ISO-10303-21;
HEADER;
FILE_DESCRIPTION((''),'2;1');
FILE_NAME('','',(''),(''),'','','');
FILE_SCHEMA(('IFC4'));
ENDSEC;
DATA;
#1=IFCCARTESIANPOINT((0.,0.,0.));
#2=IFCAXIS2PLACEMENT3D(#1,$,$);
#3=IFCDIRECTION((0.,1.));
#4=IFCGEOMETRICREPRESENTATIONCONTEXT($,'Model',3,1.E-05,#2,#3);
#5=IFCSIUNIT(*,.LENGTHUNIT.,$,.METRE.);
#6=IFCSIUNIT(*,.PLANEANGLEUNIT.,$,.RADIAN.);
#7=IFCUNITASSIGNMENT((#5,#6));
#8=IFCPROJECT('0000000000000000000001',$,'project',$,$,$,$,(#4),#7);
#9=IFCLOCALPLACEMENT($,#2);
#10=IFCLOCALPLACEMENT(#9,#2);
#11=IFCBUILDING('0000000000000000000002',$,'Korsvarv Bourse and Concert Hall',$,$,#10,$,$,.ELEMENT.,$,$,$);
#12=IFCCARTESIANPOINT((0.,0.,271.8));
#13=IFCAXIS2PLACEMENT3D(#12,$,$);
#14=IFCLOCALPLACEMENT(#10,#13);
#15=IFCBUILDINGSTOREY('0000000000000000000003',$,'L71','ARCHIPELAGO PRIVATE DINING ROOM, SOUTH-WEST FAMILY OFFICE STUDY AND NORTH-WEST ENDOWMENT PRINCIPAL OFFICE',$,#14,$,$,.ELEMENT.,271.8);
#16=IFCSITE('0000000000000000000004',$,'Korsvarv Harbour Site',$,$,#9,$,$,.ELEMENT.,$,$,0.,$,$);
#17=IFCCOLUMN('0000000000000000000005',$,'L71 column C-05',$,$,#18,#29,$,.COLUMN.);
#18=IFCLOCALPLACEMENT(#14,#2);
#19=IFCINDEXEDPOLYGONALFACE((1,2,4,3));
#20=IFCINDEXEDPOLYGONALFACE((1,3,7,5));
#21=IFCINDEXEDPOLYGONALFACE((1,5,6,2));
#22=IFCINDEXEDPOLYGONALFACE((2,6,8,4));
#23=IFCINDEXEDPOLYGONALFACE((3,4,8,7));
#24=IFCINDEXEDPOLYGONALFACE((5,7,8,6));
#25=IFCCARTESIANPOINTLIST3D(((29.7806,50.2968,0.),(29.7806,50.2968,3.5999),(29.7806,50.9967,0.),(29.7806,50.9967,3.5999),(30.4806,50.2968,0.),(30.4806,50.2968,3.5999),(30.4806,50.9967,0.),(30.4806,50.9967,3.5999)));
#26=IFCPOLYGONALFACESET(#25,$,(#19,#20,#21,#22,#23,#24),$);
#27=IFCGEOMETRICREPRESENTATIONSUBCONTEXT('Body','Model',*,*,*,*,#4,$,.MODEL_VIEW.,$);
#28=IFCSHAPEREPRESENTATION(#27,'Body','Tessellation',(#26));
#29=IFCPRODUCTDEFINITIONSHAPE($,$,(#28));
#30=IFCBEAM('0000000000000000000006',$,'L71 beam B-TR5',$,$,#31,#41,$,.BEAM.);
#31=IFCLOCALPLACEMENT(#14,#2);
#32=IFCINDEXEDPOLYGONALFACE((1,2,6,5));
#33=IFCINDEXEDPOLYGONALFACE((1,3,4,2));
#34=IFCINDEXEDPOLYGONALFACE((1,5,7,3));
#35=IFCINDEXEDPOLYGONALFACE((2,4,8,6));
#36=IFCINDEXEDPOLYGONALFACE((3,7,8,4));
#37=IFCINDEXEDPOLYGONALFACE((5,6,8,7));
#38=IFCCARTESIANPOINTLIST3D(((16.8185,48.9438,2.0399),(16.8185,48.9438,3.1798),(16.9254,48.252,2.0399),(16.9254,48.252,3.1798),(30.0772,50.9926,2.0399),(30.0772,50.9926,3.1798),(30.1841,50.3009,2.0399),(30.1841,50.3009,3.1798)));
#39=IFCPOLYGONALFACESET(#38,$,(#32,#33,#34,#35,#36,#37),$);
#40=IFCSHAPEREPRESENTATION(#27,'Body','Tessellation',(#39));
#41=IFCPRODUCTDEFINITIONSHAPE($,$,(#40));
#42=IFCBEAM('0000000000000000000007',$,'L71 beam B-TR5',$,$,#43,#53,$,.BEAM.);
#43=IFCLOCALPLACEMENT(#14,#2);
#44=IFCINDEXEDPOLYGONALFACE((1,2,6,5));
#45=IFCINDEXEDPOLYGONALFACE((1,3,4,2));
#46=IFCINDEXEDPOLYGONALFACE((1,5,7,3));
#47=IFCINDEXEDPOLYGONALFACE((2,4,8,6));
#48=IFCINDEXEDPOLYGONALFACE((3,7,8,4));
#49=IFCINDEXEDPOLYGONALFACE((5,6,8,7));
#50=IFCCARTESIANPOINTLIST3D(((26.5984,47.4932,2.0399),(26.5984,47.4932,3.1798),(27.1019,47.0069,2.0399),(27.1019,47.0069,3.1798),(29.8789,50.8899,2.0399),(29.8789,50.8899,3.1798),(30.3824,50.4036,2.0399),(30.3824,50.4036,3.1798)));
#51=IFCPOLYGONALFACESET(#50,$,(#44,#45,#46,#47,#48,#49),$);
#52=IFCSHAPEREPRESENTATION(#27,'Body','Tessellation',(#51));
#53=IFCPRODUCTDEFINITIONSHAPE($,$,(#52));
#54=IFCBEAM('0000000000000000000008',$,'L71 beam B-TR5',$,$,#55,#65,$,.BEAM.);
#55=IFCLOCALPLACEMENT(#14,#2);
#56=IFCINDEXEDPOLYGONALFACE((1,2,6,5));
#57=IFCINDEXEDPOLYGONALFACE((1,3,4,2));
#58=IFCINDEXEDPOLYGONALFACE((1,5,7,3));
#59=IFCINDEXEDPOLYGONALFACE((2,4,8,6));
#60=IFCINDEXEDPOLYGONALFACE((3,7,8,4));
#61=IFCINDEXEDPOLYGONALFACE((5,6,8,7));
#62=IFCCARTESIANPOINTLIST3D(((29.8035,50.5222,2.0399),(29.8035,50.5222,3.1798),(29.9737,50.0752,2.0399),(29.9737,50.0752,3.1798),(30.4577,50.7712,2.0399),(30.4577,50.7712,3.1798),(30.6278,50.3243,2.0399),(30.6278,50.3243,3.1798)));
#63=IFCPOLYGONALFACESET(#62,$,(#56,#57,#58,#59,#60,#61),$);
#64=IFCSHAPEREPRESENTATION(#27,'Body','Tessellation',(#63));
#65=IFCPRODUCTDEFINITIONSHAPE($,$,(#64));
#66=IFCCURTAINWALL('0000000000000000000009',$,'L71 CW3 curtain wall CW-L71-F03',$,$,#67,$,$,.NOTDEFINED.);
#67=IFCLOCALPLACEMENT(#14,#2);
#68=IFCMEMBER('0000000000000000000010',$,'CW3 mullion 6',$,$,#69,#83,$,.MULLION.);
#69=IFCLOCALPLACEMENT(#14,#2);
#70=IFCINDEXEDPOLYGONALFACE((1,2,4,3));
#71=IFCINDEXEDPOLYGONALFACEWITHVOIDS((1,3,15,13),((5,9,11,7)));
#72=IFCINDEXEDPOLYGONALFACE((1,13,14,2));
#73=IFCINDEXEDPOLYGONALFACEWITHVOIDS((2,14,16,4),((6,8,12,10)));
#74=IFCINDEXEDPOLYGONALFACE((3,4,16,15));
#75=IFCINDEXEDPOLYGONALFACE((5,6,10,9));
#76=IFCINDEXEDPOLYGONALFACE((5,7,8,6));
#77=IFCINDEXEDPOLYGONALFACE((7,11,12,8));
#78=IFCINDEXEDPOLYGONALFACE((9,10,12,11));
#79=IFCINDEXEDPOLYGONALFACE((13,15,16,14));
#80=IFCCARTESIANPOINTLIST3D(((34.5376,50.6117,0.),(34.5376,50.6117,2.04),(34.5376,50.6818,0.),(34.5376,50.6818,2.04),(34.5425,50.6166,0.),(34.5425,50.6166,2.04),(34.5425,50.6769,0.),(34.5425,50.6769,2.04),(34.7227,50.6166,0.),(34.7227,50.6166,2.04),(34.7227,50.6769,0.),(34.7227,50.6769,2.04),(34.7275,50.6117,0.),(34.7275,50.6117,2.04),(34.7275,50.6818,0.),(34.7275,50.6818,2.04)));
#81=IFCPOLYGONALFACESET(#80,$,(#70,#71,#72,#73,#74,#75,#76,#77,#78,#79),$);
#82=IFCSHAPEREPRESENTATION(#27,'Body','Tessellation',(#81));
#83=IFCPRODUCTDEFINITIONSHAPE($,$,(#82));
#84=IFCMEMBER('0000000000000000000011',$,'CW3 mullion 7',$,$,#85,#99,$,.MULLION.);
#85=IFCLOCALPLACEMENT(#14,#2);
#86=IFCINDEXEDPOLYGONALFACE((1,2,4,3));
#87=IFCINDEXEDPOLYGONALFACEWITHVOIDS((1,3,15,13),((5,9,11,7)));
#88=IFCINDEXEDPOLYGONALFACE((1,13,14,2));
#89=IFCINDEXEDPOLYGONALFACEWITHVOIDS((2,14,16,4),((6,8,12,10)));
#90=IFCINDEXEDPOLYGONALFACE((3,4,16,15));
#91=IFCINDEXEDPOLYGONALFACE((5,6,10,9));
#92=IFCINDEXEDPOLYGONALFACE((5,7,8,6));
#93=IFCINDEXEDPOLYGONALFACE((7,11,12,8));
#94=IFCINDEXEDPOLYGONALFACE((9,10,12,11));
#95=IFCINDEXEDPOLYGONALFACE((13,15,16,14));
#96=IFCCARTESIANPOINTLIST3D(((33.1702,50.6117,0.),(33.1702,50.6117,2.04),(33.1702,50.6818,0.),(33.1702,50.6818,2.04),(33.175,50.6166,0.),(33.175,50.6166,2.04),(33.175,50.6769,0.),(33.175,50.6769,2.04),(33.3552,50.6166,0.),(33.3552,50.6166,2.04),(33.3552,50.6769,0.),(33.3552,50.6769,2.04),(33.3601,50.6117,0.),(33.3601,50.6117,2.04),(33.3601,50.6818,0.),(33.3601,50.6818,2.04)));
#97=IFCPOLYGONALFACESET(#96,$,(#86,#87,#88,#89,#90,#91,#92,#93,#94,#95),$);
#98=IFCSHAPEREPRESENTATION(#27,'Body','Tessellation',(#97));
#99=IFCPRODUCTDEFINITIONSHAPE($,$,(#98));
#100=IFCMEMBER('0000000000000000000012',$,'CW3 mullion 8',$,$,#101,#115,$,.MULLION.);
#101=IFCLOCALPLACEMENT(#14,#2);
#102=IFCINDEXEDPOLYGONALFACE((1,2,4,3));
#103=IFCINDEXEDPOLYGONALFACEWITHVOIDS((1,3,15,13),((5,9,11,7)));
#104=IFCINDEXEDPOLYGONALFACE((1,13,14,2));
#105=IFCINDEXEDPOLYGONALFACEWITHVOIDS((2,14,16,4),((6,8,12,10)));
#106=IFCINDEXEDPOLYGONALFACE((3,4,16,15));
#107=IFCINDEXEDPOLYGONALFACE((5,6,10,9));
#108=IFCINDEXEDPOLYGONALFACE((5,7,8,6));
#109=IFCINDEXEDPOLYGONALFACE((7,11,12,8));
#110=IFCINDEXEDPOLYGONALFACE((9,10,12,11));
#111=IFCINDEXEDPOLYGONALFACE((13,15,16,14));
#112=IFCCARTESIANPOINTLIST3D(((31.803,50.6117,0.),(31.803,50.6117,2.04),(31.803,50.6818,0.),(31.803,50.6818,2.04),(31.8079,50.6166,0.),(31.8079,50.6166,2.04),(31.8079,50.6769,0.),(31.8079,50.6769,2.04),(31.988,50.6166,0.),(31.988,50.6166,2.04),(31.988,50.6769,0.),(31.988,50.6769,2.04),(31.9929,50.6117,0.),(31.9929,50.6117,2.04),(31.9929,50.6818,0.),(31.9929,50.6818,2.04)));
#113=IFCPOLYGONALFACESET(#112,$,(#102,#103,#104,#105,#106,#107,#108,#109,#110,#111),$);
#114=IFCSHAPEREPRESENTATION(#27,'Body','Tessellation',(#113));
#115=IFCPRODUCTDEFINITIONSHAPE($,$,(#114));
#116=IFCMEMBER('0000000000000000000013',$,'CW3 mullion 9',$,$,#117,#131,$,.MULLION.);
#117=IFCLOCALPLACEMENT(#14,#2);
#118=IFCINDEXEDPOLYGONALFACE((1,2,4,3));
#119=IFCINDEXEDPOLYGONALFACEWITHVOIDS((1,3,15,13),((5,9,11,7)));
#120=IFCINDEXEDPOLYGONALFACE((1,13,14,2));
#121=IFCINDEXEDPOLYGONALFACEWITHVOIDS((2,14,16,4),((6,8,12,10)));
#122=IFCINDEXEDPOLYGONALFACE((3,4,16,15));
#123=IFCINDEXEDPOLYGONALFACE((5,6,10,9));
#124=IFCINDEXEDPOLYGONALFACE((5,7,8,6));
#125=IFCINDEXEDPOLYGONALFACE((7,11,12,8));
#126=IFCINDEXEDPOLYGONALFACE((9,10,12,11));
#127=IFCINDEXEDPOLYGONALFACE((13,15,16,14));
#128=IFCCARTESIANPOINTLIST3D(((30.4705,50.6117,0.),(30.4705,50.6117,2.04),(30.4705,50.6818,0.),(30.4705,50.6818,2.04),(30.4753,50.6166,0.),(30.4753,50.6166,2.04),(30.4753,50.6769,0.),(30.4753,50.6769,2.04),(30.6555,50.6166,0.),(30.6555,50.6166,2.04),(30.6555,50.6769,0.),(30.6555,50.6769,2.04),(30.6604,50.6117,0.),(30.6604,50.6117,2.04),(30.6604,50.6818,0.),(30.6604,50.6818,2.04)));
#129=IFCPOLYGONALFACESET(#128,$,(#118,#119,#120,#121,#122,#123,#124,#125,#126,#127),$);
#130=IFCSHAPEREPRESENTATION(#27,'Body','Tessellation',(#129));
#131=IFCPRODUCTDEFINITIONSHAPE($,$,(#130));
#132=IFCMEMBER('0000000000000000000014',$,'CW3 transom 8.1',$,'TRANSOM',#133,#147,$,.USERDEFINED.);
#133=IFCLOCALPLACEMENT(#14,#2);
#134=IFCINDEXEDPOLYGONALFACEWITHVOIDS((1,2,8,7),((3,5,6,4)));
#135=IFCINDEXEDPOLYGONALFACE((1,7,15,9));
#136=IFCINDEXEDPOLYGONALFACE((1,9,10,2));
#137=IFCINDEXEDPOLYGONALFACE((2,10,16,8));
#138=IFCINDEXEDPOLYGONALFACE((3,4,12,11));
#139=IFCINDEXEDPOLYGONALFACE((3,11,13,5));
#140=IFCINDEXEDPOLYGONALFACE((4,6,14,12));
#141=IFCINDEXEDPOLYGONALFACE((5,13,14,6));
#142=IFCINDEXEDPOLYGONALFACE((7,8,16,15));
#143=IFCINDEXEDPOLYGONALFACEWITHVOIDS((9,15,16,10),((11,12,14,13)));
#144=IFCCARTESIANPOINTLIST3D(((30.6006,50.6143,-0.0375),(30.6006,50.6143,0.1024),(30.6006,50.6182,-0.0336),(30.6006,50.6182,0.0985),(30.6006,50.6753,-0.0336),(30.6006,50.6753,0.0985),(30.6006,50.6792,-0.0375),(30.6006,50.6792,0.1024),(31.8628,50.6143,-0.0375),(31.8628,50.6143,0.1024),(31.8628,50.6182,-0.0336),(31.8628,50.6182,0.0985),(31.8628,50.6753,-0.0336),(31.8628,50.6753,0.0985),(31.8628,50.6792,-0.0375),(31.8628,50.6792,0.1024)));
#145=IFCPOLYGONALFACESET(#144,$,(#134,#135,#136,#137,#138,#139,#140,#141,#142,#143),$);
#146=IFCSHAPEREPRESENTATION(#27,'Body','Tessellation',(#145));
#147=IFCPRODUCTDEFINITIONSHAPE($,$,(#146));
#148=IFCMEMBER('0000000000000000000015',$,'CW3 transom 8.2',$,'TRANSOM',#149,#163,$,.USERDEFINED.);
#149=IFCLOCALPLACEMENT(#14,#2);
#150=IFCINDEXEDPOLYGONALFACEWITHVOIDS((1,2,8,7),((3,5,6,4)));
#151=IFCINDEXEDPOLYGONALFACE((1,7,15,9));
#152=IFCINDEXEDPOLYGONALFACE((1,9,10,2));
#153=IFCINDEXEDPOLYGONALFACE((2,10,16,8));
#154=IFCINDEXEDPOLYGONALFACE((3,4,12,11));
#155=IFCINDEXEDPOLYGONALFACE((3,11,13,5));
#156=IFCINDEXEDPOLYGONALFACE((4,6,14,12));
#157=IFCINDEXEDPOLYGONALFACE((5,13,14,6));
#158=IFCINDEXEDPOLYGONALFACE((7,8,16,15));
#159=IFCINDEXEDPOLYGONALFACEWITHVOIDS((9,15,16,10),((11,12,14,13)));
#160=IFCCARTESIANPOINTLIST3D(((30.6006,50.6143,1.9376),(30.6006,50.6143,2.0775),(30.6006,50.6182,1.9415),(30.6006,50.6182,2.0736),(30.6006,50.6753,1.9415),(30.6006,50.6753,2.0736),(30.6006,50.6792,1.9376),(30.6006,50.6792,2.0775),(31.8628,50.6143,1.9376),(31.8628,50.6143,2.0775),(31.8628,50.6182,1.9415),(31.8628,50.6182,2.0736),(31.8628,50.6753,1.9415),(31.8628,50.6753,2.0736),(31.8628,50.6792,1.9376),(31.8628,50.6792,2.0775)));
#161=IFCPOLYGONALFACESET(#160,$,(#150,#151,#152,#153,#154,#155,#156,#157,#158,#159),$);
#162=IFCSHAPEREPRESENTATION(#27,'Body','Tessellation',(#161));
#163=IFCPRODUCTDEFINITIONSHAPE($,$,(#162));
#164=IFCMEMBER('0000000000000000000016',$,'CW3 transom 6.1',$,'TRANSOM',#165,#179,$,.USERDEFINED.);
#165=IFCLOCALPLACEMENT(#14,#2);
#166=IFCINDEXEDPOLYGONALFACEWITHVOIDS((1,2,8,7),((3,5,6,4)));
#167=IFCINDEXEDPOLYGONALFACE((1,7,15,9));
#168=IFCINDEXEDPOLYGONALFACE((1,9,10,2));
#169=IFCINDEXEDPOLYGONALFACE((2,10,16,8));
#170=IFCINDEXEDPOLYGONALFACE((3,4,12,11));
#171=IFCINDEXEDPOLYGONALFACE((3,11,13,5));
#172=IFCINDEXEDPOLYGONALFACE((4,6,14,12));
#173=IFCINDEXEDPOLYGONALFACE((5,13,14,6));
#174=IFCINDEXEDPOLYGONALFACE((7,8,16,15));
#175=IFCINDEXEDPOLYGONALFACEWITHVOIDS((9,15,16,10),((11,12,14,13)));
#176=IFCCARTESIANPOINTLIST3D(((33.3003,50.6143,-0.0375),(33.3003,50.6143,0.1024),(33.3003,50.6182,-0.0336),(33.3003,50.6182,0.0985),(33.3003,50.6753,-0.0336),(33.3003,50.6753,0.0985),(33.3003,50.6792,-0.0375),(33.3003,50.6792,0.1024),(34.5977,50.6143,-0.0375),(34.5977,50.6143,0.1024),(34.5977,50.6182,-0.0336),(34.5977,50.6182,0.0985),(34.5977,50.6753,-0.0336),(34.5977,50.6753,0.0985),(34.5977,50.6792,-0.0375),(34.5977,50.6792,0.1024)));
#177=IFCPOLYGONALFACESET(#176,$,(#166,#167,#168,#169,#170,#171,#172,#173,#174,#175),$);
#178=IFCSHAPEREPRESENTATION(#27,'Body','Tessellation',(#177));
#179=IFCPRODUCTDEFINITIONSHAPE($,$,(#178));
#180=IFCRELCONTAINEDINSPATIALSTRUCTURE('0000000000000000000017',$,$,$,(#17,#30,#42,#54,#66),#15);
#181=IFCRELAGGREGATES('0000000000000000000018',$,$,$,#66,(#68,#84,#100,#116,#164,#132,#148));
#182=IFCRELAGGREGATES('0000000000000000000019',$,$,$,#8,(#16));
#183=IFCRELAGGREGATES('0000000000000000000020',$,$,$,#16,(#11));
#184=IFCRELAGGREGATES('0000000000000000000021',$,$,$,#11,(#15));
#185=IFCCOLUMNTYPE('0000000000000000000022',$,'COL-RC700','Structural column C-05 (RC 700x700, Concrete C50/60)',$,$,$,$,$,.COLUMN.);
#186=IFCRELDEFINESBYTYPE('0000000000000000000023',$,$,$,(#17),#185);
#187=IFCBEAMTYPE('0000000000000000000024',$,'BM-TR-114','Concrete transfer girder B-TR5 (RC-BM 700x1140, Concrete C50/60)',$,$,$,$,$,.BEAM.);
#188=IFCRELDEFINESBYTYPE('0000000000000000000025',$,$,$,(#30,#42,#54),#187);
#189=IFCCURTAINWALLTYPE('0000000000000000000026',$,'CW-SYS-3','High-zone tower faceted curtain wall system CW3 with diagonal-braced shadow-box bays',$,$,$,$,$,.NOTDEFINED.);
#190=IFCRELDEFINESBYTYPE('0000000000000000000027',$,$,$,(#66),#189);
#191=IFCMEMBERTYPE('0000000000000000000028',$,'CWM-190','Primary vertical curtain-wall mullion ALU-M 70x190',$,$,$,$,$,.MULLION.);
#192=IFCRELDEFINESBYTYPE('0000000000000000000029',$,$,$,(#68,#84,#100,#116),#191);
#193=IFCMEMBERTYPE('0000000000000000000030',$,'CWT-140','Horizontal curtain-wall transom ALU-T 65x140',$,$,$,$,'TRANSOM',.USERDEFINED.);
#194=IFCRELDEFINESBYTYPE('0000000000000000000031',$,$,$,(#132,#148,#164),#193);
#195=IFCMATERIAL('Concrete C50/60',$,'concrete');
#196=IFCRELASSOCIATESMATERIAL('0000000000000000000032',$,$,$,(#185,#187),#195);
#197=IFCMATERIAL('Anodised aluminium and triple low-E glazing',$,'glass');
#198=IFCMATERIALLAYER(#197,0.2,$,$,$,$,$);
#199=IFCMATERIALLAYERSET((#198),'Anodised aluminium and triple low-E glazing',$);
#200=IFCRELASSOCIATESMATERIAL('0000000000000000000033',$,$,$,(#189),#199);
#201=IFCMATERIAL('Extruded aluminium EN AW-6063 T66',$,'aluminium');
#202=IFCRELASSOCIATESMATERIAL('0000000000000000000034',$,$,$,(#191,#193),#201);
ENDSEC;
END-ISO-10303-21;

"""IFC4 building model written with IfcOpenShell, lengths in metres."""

from ifc_helpers import new_model, si_unit, direction, frame, origin, origin_2d, place, context, subcontext, project, spatial, rectangle, hollow_rectangle, extrude, source, transform, mapped, material, layer, layer_set, material_profile, profile_set, type_object, element, aggregate, save


model = new_model("IFC4")

# Units and contexts
model_context = context("Model", 3, precision=1e-05, world=origin(), true_north=direction((0.0, 1.0)))
body_context = subcontext(model_context, "Body", "Model", "MODEL_VIEW")
ifc_project = project(units=[si_unit("LENGTHUNIT", "METRE"), si_unit("PLANEANGLEUNIT", "RADIAN")], contexts=[model_context])

# Site, building, storey
site_placement = place(None, origin())
site = spatial("IfcSite", under=ifc_project, at=site_placement, Name="Korsvarv Harbour Site", CompositionType="ELEMENT", RefElevation=0.0)
building_placement = place(site_placement, origin())
building = spatial("IfcBuilding", under=site, at=building_placement, Name="Korsvarv Bourse and Concert Hall", CompositionType="ELEMENT")
storey_placement = place(building_placement, frame((0.0, 0.0, 271.8)))
storey = spatial("IfcBuildingStorey", under=building, at=storey_placement, Name="L71", Description="ARCHIPELAGO PRIVATE DINING ROOM, SOUTH-WEST FAMILY OFFICE STUDY AND NORTH-WEST ENDOWMENT PRINCIPAL OFFICE", CompositionType="ELEMENT", Elevation=271.8)

# Column
ifc_material_1 = material(Name="Concrete C50/60", Category="concrete")
ifc_material_profile_1 = material_profile(ifc_material_1, rectangle(XDim=0.7, YDim=0.7, at=origin_2d()), Name="RC 700x700")
ifc_profile_set_1 = profile_set([ifc_material_profile_1], Name="Concrete C50/60")
column_type = type_object("IfcColumnType", Name="COL-RC700", Description="Structural column C-05 (RC 700x700, Concrete C50/60)", PredefinedType="COLUMN", material=ifc_profile_set_1)
shared_shape_1 = source(origin(), body_context, "Body", "SweptSolid", [
    extrude(rectangle(XDim=0.7, YDim=0.7, at=origin_2d()), origin(), (0.0, 0.0, 1.0), 3.5999),
])
column_placement = place(storey_placement, frame((30.1306, 50.6467, 0.0), z_axis=(0.0, 0.0, 1.0), x_axis=(1.0, 0.0, 0.0)))
element("IfcColumn", 1, at=column_placement, inside=storey, type_object=column_type, Name="L71 column C-05", PredefinedType="COLUMN", context=body_context, shape_type="MappedRepresentation", body=[
    mapped(shared_shape_1, transform((0.0, 0.0, 0.0), scale=1.0)),
])

# Beams
ifc_material_profile_2 = material_profile(ifc_material_1, rectangle(XDim=0.7, YDim=1.1399, at=origin_2d()), Name="RC-BM 700x1140")
ifc_profile_set_2 = profile_set([ifc_material_profile_2], Name="Concrete C50/60")
beam_type = type_object("IfcBeamType", Name="BM-TR-114", Description="Concrete transfer girder B-TR5 (RC-BM 700x1140, Concrete C50/60)", PredefinedType="BEAM", material=ifc_profile_set_2)
shared_shape_2 = source(origin(), body_context, "Body", "SweptSolid", [
    extrude(rectangle(XDim=0.7, YDim=1.1399, at=origin_2d()), origin(), (0.0, 0.0, 1.0), 13.416),
])
beam_1_placement = place(storey_placement, frame((30.1306, 50.6467, 2.6099), z_axis=(-0.98827, -0.152716, 0.0), x_axis=(0.152716, -0.98827, 0.0)))
element("IfcBeam", 2, at=beam_1_placement, inside=storey, type_object=beam_type, Name="L71 beam B-TR5", PredefinedType="BEAM", context=body_context, shape_type="MappedRepresentation", body=[
    mapped(shared_shape_2, transform((0.0, 0.0, 0.0), scale=1.0)),
])
shared_shape_3 = source(origin(), body_context, "Body", "SweptSolid", [
    extrude(rectangle(XDim=0.7, YDim=1.1399, at=origin_2d()), origin(), (0.0, 0.0, 1.0), 4.7222),
])
beam_2_placement = place(storey_placement, frame((30.1306, 50.6467, 2.6099), z_axis=(-0.694695, -0.719304, 0.0), x_axis=(0.719304, -0.694695, 0.0)))
element("IfcBeam", 3, at=beam_2_placement, inside=storey, type_object=beam_type, Name="L71 beam B-TR5", PredefinedType="BEAM", context=body_context, shape_type="MappedRepresentation", body=[
    mapped(shared_shape_3, transform((0.0, 0.0, 0.0), scale=1.0)),
])
shared_shape_4 = source(origin(), body_context, "Body", "SweptSolid", [
    extrude(rectangle(XDim=0.7, YDim=1.1399, at=origin_2d()), origin(), (0.0, 0.0, 1.0), 0.4783),
])
beam_3_placement = place(storey_placement, frame((30.1306, 50.6467, 2.6099), z_axis=(0.355762, -0.934577, 0.0), x_axis=(0.934577, 0.355762, 0.0)))
element("IfcBeam", 4, at=beam_3_placement, inside=storey, type_object=beam_type, Name="L71 beam B-TR5", PredefinedType="BEAM", context=body_context, shape_type="MappedRepresentation", body=[
    mapped(shared_shape_4, transform((0.0, 0.0, 0.0), scale=1.0)),
])

# Curtain wall, members
ifc_material_2 = material(Name="Anodised aluminium and triple low-E glazing", Category="glass")
ifc_layer_1 = layer(ifc_material_2, 0.2)
ifc_layer_set_1 = layer_set([ifc_layer_1], Name="Anodised aluminium and triple low-E glazing")
curtain_wall_type = type_object("IfcCurtainWallType", Name="CW-SYS-3", Description="High-zone tower faceted curtain wall system CW3 with diagonal-braced shadow-box bays", PredefinedType="NOTDEFINED", material=ifc_layer_set_1)
curtain_wall_placement = place(storey_placement, origin())
curtain_wall = element("IfcCurtainWall", 5, at=curtain_wall_placement, inside=storey, type_object=curtain_wall_type, Name="L71 CW3 curtain wall CW-L71-F03", PredefinedType="NOTDEFINED")
ifc_material_3 = material(Name="Extruded aluminium EN AW-6063 T66", Category="aluminium")
ifc_material_profile_3 = material_profile(ifc_material_3, hollow_rectangle(XDim=0.0701, YDim=0.1899, WallThickness=0.0049, at=origin_2d()), Name="ALU-M 70x190")
ifc_profile_set_3 = profile_set([ifc_material_profile_3], Name="Extruded aluminium EN AW-6063 T66")
member_type_1 = type_object("IfcMemberType", Name="CWM-190", Description="Primary vertical curtain-wall mullion ALU-M 70x190", PredefinedType="MULLION", material=ifc_profile_set_3)
shared_shape_5 = source(origin(), body_context, "Body", "SweptSolid", [
    extrude(hollow_rectangle(XDim=0.0701, YDim=0.1899, WallThickness=0.0049, at=origin_2d()), origin(), (0.0, 0.0, 1.0), 2.04),
])
member_1_placement = place(storey_placement, frame((34.6326, 50.6467, 0.0), z_axis=(0.0, 0.0, 1.0), x_axis=(0.0, -1.0, 0.0)))
member_1 = element("IfcMember", 6, at=member_1_placement, type_object=member_type_1, Name="CW3 mullion 6", PredefinedType="MULLION", context=body_context, shape_type="MappedRepresentation", body=[
    mapped(shared_shape_5, transform((0.0, 0.0, 0.0), scale=1.0)),
])
member_2_placement = place(storey_placement, frame((33.2651, 50.6467, 0.0), z_axis=(0.0, 0.0, 1.0), x_axis=(0.0, -1.0, 0.0)))
member_2 = element("IfcMember", 7, at=member_2_placement, type_object=member_type_1, Name="CW3 mullion 7", PredefinedType="MULLION", context=body_context, shape_type="MappedRepresentation", body=[
    mapped(shared_shape_5, transform((0.0, 0.0, 0.0), scale=1.0)),
])
member_3_placement = place(storey_placement, frame((31.8979, 50.6467, 0.0), z_axis=(0.0, 0.0, 1.0), x_axis=(0.0, -1.0, 0.0)))
member_3 = element("IfcMember", 8, at=member_3_placement, type_object=member_type_1, Name="CW3 mullion 8", PredefinedType="MULLION", context=body_context, shape_type="MappedRepresentation", body=[
    mapped(shared_shape_5, transform((0.0, 0.0, 0.0), scale=1.0)),
])
member_4_placement = place(storey_placement, frame((30.5654, 50.6467, 0.0), z_axis=(0.0, 0.0, 1.0), x_axis=(0.0, -1.0, 0.0)))
member_4 = element("IfcMember", 9, at=member_4_placement, type_object=member_type_1, Name="CW3 mullion 9", PredefinedType="MULLION", context=body_context, shape_type="MappedRepresentation", body=[
    mapped(shared_shape_5, transform((0.0, 0.0, 0.0), scale=1.0)),
])
ifc_material_profile_4 = material_profile(ifc_material_3, hollow_rectangle(XDim=0.0649, YDim=0.1399, WallThickness=0.0039, at=origin_2d()), Name="ALU-T 65x140")
ifc_profile_set_4 = profile_set([ifc_material_profile_4], Name="Extruded aluminium EN AW-6063 T66")
member_type_2 = type_object("IfcMemberType", Name="CWT-140", Description="Horizontal curtain-wall transom ALU-T 65x140", ElementType="TRANSOM", PredefinedType="USERDEFINED", material=ifc_profile_set_4)
shared_shape_6 = source(origin(), body_context, "Body", "SweptSolid", [
    extrude(hollow_rectangle(XDim=0.0649, YDim=0.1399, WallThickness=0.0039, at=origin_2d()), origin(), (0.0, 0.0, 1.0), 1.2622),
])
member_5_placement = place(storey_placement, frame((31.8628, 50.6467, 0.0325), z_axis=(-1.0, 0.0, 0.0), x_axis=(0.0, -1.0, 0.0)))
member_5 = element("IfcMember", 10, at=member_5_placement, type_object=member_type_2, Name="CW3 transom 8.1", ObjectType="TRANSOM", PredefinedType="USERDEFINED", context=body_context, shape_type="MappedRepresentation", body=[
    mapped(shared_shape_6, transform((0.0, 0.0, 0.0), scale=1.0)),
])
member_6_placement = place(storey_placement, frame((31.8628, 50.6467, 2.0076), z_axis=(-1.0, 0.0, 0.0), x_axis=(0.0, -1.0, 0.0)))
member_6 = element("IfcMember", 11, at=member_6_placement, type_object=member_type_2, Name="CW3 transom 8.2", ObjectType="TRANSOM", PredefinedType="USERDEFINED", context=body_context, shape_type="MappedRepresentation", body=[
    mapped(shared_shape_6, transform((0.0, 0.0, 0.0), scale=1.0)),
])
shared_shape_7 = source(origin(), body_context, "Body", "SweptSolid", [
    extrude(hollow_rectangle(XDim=0.0649, YDim=0.1399, WallThickness=0.0039, at=origin_2d()), origin(), (0.0, 0.0, 1.0), 1.2974),
])
member_7_placement = place(storey_placement, frame((34.5977, 50.6467, 0.0325), z_axis=(-1.0, 0.0, 0.0), x_axis=(0.0, -1.0, 0.0)))
member_7 = element("IfcMember", 12, at=member_7_placement, type_object=member_type_2, Name="CW3 transom 6.1", ObjectType="TRANSOM", PredefinedType="USERDEFINED", context=body_context, shape_type="MappedRepresentation", body=[
    mapped(shared_shape_7, transform((0.0, 0.0, 0.0), scale=1.0)),
])
aggregate(curtain_wall, [member_1, member_2, member_3, member_4, member_7, member_5, member_6])

save(model, "model.ifc")
